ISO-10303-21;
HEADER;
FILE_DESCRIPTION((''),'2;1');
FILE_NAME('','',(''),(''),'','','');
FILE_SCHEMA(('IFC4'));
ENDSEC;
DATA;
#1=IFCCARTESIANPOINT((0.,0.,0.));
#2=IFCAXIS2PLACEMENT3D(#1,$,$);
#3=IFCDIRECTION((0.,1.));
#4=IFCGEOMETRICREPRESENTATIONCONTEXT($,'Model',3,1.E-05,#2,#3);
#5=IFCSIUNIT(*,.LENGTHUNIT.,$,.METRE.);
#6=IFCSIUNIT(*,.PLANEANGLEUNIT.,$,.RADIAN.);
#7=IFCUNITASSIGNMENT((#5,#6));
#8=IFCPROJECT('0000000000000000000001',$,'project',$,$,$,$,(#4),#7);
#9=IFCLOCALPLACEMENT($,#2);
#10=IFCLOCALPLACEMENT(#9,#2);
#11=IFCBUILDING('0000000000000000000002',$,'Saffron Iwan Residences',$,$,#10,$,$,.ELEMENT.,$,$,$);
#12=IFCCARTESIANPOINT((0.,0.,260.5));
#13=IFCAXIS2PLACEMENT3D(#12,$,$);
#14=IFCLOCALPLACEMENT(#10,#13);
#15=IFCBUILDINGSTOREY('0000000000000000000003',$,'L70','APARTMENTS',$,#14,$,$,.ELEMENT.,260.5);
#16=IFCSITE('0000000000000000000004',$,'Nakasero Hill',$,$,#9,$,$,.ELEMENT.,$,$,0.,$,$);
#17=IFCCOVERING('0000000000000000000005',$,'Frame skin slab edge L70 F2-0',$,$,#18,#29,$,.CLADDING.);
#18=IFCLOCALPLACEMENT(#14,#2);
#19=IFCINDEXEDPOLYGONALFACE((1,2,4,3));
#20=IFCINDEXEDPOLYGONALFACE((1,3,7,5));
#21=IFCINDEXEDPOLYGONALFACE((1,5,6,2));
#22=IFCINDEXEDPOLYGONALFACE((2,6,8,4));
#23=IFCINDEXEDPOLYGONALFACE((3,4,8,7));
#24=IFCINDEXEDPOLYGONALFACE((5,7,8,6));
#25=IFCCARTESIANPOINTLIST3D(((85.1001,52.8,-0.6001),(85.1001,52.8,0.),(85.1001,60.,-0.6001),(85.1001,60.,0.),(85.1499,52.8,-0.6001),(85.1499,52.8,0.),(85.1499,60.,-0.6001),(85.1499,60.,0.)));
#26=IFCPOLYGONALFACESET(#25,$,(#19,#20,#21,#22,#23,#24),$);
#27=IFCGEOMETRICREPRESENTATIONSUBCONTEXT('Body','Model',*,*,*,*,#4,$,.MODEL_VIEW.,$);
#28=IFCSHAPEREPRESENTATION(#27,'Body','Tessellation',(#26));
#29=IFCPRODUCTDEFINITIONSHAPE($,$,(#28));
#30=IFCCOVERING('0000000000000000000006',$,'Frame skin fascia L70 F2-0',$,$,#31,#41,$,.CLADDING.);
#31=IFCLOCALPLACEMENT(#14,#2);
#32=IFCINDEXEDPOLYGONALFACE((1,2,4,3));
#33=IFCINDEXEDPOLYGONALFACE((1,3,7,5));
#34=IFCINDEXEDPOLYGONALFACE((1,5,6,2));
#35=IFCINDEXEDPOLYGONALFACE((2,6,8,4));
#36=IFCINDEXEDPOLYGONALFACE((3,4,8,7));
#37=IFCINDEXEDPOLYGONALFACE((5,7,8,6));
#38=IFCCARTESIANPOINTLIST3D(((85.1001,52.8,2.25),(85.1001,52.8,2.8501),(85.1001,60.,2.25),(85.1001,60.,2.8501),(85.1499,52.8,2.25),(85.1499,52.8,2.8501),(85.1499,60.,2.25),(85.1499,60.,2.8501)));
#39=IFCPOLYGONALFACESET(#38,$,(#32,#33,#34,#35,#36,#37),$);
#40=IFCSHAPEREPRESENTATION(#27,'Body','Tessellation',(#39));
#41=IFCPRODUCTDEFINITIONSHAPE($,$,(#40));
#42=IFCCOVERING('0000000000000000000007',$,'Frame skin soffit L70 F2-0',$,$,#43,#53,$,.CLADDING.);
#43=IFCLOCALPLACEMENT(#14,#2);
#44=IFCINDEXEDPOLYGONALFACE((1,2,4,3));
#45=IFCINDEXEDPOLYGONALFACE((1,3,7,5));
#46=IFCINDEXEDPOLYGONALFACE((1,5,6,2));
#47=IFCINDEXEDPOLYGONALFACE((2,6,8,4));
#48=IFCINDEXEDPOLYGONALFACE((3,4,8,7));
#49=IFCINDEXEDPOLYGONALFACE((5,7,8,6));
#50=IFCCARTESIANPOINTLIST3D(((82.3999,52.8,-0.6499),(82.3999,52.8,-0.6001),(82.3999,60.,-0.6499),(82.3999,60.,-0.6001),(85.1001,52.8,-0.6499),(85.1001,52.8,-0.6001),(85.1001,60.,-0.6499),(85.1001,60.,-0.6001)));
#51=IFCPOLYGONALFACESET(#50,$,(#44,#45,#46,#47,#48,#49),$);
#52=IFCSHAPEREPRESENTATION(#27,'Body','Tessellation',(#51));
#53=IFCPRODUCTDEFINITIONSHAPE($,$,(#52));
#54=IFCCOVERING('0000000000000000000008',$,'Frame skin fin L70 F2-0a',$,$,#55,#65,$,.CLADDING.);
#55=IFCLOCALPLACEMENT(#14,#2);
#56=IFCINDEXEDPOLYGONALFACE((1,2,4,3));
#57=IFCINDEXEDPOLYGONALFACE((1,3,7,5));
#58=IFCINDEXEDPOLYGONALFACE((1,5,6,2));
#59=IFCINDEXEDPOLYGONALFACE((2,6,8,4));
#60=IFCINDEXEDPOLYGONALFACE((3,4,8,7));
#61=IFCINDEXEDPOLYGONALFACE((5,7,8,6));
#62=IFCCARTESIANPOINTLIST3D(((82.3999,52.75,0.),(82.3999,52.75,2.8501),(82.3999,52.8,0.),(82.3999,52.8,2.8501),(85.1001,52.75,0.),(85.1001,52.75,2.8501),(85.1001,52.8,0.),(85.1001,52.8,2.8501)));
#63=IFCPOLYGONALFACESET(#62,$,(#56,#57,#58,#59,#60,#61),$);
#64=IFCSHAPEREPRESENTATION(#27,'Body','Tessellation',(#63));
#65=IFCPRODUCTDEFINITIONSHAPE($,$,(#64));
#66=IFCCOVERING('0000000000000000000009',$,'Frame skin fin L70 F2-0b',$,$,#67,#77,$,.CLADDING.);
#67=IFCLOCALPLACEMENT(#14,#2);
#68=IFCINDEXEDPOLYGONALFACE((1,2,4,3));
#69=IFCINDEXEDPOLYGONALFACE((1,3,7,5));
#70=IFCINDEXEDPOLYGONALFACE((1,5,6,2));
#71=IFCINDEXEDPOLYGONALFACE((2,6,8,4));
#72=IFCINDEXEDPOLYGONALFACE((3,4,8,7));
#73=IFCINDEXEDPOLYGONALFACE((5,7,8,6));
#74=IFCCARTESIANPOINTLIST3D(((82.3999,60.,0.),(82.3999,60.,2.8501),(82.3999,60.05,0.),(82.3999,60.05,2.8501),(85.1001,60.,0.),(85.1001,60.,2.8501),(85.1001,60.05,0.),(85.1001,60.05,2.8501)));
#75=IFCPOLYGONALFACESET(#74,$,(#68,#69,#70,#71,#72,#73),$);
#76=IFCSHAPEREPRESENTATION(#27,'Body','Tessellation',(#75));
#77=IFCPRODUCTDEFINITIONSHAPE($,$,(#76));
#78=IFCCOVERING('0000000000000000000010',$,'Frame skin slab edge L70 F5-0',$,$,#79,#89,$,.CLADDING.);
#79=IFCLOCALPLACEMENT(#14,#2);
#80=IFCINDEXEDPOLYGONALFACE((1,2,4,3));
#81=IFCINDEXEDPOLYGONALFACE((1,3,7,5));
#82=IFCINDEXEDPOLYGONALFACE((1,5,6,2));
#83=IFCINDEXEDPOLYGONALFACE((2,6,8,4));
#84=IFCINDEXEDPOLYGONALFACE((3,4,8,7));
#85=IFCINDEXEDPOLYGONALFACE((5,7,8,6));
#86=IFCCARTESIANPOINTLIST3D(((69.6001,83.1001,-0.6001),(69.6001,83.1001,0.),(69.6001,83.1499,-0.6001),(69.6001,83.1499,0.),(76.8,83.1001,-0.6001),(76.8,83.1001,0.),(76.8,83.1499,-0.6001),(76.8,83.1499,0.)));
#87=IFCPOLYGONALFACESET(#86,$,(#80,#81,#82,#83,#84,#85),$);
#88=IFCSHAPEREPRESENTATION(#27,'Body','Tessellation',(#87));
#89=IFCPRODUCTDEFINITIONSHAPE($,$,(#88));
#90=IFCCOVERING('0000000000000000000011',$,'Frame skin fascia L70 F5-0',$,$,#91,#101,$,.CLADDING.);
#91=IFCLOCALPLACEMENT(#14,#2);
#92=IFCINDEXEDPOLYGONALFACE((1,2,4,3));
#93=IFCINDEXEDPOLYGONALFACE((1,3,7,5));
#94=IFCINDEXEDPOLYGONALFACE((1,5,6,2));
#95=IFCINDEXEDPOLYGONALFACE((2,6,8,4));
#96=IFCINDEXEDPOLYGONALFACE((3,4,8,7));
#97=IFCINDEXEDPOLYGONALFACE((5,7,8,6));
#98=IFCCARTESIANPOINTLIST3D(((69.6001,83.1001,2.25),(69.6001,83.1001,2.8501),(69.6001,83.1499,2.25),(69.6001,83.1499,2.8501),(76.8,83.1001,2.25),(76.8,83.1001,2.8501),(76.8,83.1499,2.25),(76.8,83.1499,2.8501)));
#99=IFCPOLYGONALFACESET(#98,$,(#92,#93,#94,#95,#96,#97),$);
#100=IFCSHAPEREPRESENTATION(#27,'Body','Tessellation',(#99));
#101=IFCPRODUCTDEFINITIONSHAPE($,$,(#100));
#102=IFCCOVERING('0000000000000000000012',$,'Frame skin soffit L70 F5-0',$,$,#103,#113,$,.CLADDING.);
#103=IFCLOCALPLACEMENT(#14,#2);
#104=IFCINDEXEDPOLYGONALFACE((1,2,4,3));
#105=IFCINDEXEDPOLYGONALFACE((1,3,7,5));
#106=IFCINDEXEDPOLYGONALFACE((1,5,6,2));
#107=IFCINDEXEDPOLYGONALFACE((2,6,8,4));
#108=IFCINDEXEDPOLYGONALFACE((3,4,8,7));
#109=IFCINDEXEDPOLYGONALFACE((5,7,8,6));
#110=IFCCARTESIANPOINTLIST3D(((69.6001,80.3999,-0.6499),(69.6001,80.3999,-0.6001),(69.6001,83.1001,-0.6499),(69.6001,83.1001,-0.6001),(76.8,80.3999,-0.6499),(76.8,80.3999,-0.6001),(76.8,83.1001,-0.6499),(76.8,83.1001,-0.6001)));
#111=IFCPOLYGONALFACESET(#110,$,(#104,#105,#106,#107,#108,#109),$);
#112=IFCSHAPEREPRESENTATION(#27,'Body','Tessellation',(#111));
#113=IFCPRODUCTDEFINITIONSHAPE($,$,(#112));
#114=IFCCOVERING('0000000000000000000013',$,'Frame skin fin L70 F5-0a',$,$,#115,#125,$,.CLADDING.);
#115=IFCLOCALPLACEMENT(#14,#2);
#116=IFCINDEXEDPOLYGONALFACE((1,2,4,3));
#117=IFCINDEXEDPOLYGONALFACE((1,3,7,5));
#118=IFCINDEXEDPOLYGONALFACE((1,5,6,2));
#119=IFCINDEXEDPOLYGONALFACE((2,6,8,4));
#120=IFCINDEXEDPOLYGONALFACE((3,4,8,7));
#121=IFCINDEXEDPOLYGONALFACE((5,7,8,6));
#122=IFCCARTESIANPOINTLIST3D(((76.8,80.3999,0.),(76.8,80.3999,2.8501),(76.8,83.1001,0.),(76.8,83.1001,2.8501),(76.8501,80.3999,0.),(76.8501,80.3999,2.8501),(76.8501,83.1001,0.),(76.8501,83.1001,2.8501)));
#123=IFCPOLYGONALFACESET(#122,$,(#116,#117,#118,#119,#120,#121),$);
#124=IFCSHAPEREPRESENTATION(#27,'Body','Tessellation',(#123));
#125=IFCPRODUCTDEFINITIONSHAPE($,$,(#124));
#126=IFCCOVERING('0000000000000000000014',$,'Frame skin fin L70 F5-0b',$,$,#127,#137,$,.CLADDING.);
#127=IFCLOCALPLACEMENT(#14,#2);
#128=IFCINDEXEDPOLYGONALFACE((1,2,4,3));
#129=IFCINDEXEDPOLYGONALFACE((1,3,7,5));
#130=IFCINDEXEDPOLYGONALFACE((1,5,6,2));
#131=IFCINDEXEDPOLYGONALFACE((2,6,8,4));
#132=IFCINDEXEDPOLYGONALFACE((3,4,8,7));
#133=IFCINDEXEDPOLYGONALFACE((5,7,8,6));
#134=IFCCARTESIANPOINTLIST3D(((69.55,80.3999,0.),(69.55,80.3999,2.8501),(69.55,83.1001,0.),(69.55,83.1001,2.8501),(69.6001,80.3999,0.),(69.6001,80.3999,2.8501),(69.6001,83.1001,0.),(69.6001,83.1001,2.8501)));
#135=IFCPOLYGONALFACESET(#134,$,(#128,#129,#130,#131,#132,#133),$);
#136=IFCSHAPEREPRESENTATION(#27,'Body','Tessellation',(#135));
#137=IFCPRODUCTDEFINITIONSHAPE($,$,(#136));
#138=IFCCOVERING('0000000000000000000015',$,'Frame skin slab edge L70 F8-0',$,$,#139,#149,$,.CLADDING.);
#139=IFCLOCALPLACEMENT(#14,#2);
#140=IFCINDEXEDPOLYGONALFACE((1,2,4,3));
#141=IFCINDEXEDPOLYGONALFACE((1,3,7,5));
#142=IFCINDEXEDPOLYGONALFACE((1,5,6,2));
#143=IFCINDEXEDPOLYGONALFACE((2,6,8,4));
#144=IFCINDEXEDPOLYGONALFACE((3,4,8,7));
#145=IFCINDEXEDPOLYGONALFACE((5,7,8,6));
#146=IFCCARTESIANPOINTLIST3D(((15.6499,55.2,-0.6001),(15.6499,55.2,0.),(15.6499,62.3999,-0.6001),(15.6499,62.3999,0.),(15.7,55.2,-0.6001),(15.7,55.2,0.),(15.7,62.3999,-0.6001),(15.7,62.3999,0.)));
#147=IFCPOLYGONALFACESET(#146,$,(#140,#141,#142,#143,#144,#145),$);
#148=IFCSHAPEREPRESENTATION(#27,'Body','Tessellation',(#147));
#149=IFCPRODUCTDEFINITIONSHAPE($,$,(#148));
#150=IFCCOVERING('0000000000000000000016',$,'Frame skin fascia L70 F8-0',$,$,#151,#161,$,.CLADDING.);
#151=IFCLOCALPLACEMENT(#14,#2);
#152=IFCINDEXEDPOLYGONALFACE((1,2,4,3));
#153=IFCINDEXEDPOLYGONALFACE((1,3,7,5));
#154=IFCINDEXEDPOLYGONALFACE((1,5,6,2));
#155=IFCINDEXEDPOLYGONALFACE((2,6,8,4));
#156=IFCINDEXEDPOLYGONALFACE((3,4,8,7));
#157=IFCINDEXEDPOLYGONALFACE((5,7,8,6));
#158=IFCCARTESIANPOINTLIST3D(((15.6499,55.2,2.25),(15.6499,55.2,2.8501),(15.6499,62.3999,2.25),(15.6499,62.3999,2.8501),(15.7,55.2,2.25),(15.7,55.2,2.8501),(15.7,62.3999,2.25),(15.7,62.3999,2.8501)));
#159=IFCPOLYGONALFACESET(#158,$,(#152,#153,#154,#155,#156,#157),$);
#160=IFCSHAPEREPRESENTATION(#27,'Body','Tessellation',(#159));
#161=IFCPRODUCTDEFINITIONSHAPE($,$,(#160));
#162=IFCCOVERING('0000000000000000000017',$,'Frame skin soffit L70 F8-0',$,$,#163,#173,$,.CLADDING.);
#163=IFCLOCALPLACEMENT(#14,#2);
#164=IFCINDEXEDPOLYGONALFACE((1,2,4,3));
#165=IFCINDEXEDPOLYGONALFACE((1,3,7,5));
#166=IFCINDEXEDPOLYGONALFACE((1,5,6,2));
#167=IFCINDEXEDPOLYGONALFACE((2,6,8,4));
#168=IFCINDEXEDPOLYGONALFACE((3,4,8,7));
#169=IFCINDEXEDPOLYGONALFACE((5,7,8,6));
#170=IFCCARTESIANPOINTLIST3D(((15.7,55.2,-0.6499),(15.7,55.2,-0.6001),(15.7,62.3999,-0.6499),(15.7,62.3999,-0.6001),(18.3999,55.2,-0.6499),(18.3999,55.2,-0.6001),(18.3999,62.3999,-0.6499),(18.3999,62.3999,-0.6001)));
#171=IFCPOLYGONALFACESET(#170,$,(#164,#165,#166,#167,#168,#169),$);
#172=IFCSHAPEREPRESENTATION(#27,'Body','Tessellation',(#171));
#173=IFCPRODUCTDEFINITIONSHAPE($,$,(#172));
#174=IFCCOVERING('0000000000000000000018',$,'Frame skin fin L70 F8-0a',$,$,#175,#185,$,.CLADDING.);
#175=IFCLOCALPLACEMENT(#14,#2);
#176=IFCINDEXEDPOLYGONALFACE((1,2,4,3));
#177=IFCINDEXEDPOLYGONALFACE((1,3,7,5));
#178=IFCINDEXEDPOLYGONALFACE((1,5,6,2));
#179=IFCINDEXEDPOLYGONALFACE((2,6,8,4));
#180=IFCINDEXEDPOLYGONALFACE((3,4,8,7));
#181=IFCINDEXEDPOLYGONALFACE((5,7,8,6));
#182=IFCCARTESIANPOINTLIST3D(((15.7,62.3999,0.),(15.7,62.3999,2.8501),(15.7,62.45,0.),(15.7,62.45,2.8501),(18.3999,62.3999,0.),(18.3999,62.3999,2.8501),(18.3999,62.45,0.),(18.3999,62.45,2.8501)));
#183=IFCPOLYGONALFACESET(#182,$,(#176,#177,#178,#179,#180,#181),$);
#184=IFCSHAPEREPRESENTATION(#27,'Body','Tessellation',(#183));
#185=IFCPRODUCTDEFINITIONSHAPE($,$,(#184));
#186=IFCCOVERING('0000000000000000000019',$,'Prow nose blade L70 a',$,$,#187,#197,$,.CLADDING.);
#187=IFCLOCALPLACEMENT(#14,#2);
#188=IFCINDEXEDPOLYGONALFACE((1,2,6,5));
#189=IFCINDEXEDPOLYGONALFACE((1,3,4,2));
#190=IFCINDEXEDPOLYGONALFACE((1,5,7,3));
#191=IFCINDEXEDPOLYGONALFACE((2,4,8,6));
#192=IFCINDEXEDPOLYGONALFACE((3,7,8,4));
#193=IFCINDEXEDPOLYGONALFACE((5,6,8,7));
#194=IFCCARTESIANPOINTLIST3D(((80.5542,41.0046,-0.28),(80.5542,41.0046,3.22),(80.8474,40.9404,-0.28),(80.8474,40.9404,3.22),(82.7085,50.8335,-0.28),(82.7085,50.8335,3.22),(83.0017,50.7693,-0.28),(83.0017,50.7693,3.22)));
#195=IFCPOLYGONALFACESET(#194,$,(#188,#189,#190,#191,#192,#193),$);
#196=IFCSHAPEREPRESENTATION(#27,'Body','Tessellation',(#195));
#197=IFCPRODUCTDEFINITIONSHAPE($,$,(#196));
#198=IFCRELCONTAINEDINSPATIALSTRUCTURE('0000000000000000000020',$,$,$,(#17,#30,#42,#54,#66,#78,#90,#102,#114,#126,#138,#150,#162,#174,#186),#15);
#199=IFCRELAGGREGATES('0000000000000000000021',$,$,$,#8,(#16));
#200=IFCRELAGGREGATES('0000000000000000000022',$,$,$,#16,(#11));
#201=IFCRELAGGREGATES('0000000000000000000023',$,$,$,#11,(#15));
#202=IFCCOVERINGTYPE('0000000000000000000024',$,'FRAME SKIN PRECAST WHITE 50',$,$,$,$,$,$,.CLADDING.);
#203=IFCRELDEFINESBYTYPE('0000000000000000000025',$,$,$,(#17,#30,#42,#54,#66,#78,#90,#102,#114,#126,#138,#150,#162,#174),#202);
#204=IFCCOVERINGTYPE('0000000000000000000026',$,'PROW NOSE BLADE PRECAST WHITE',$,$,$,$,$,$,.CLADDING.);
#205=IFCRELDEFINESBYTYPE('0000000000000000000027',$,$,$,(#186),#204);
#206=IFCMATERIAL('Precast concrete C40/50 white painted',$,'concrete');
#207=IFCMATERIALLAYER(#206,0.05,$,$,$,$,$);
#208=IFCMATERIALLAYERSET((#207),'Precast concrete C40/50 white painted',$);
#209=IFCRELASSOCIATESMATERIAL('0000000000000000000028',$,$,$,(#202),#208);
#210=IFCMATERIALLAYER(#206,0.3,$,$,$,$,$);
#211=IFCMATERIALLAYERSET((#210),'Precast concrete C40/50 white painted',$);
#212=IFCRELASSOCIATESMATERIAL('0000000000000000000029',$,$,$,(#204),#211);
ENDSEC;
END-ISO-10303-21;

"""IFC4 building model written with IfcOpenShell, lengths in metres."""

from ifc_helpers import new_model, si_unit, direction, frame, origin, place, context, subcontext, project, spatial, polyline, outline, extrude, material, layer, layer_set, type_object, element, save


model = new_model("IFC4")

# Units and contexts
model_context = context("Model", 3, precision=1e-05, world=origin(), true_north=direction((0.0, 1.0)))
body_context = subcontext(model_context, "Body", "Model", "MODEL_VIEW")
ifc_project = project(units=[si_unit("LENGTHUNIT", "METRE"), si_unit("PLANEANGLEUNIT", "RADIAN")], contexts=[model_context])

# Site, building, storey
site_placement = place(None, origin())
site = spatial("IfcSite", under=ifc_project, at=site_placement, Name="Nakasero Hill", CompositionType="ELEMENT", RefElevation=0.0)
building_placement = place(site_placement, origin())
building = spatial("IfcBuilding", under=site, at=building_placement, Name="Saffron Iwan Residences", CompositionType="ELEMENT")
storey_placement = place(building_placement, frame((0.0, 0.0, 260.5)))
storey = spatial("IfcBuildingStorey", under=building, at=storey_placement, Name="L70", Description="APARTMENTS", CompositionType="ELEMENT", Elevation=260.5)

# Coverings
ifc_material_1 = material(Name="Precast concrete C40/50 white painted", Category="concrete")
ifc_layer_1 = layer(ifc_material_1, 0.05)
ifc_layer_set_1 = layer_set([ifc_layer_1], Name="Precast concrete C40/50 white painted")
covering_type_1 = type_object("IfcCoveringType", Name="FRAME SKIN PRECAST WHITE 50", PredefinedType="CLADDING", material=ifc_layer_set_1)
for number, where, name in (
    (1, (0.0, 0.0, -0.6001), "Frame skin slab edge L70 F2-0"),
    (2, (0.0, 0.0, 2.25), "Frame skin fascia L70 F2-0"),
):
    element("IfcCovering", number, at=place(storey_placement, frame(where)), inside=storey, type_object=covering_type_1, Name=name, PredefinedType="CLADDING", context=body_context, shape_type="SweptSolid", body=[
        extrude(outline(polyline([(85.1499, 52.8), (85.1499, 60.0), (85.1001, 60.0), (85.1001, 52.8), (85.1499, 52.8)])), origin(), (0.0, 0.0, 1.0), 0.6001),
    ])
covering_1_placement = place(storey_placement, frame((0.0, 0.0, -0.6499)))
element("IfcCovering", 3, at=covering_1_placement, inside=storey, type_object=covering_type_1, Name="Frame skin soffit L70 F2-0", PredefinedType="CLADDING", context=body_context, shape_type="SweptSolid", body=[
    extrude(outline(polyline([(85.1001, 52.8), (85.1001, 60.0), (82.3999, 60.0), (82.3999, 52.8), (85.1001, 52.8)])), origin(), (0.0, 0.0, 1.0), 0.0498),
])
covering_2_placement = place(storey_placement, origin())
element("IfcCovering", 4, at=covering_2_placement, inside=storey, type_object=covering_type_1, Name="Frame skin fin L70 F2-0a", PredefinedType="CLADDING", context=body_context, shape_type="SweptSolid", body=[
    extrude(outline(polyline([(85.1001, 52.75), (85.1001, 52.8), (82.3999, 52.8), (82.3999, 52.75), (85.1001, 52.75)])), origin(), (0.0, 0.0, 1.0), 2.8501),
])
covering_3_placement = place(storey_placement, origin())
element("IfcCovering", 5, at=covering_3_placement, inside=storey, type_object=covering_type_1, Name="Frame skin fin L70 F2-0b", PredefinedType="CLADDING", context=body_context, shape_type="SweptSolid", body=[
    extrude(outline(polyline([(85.1001, 60.0), (85.1001, 60.05), (82.3999, 60.05), (82.3999, 60.0), (85.1001, 60.0)])), origin(), (0.0, 0.0, 1.0), 2.8501),
])
for number, where, name in (
    (6, (0.0, 0.0, -0.6001), "Frame skin slab edge L70 F5-0"),
    (7, (0.0, 0.0, 2.25), "Frame skin fascia L70 F5-0"),
):
    element("IfcCovering", number, at=place(storey_placement, frame(where)), inside=storey, type_object=covering_type_1, Name=name, PredefinedType="CLADDING", context=body_context, shape_type="SweptSolid", body=[
        extrude(outline(polyline([(76.8, 83.1499), (69.6001, 83.1499), (69.6001, 83.1001), (76.8, 83.1001), (76.8, 83.1499)])), origin(), (0.0, 0.0, 1.0), 0.6001),
    ])
covering_4_placement = place(storey_placement, frame((0.0, 0.0, -0.6499)))
element("IfcCovering", 8, at=covering_4_placement, inside=storey, type_object=covering_type_1, Name="Frame skin soffit L70 F5-0", PredefinedType="CLADDING", context=body_context, shape_type="SweptSolid", body=[
    extrude(outline(polyline([(76.8, 83.1001), (69.6001, 83.1001), (69.6001, 80.3999), (76.8, 80.3999), (76.8, 83.1001)])), origin(), (0.0, 0.0, 1.0), 0.0498),
])
covering_5_placement = place(storey_placement, origin())
element("IfcCovering", 9, at=covering_5_placement, inside=storey, type_object=covering_type_1, Name="Frame skin fin L70 F5-0a", PredefinedType="CLADDING", context=body_context, shape_type="SweptSolid", body=[
    extrude(outline(polyline([(76.8501, 83.1001), (76.8, 83.1001), (76.8, 80.3999), (76.8501, 80.3999), (76.8501, 83.1001)])), origin(), (0.0, 0.0, 1.0), 2.8501),
])
covering_6_placement = place(storey_placement, origin())
element("IfcCovering", 10, at=covering_6_placement, inside=storey, type_object=covering_type_1, Name="Frame skin fin L70 F5-0b", PredefinedType="CLADDING", context=body_context, shape_type="SweptSolid", body=[
    extrude(outline(polyline([(69.6001, 83.1001), (69.55, 83.1001), (69.55, 80.3999), (69.6001, 80.3999), (69.6001, 83.1001)])), origin(), (0.0, 0.0, 1.0), 2.8501),
])
for number, where, name in (
    (11, (0.0, 0.0, -0.6001), "Frame skin slab edge L70 F8-0"),
    (12, (0.0, 0.0, 2.25), "Frame skin fascia L70 F8-0"),
):
    element("IfcCovering", number, at=place(storey_placement, frame(where)), inside=storey, type_object=covering_type_1, Name=name, PredefinedType="CLADDING", context=body_context, shape_type="SweptSolid", body=[
        extrude(outline(polyline([(15.6499, 62.3999), (15.6499, 55.2), (15.7, 55.2), (15.7, 62.3999), (15.6499, 62.3999)])), origin(), (0.0, 0.0, 1.0), 0.6001),
    ])
covering_7_placement = place(storey_placement, frame((0.0, 0.0, -0.6499)))
element("IfcCovering", 13, at=covering_7_placement, inside=storey, type_object=covering_type_1, Name="Frame skin soffit L70 F8-0", PredefinedType="CLADDING", context=body_context, shape_type="SweptSolid", body=[
    extrude(outline(polyline([(15.7, 62.3999), (15.7, 55.2), (18.3999, 55.2), (18.3999, 62.3999), (15.7, 62.3999)])), origin(), (0.0, 0.0, 1.0), 0.0498),
])
covering_8_placement = place(storey_placement, origin())
element("IfcCovering", 14, at=covering_8_placement, inside=storey, type_object=covering_type_1, Name="Frame skin fin L70 F8-0a", PredefinedType="CLADDING", context=body_context, shape_type="SweptSolid", body=[
    extrude(outline(polyline([(15.7, 62.45), (15.7, 62.3999), (18.3999, 62.3999), (18.3999, 62.45), (15.7, 62.45)])), origin(), (0.0, 0.0, 1.0), 2.8501),
])
ifc_layer_2 = layer(ifc_material_1, 0.3)
ifc_layer_set_2 = layer_set([ifc_layer_2], Name="Precast concrete C40/50 white painted")
covering_type_2 = type_object("IfcCoveringType", Name="PROW NOSE BLADE PRECAST WHITE", PredefinedType="CLADDING", material=ifc_layer_set_2)
covering_9_placement = place(storey_placement, frame((0.0, 0.0, -0.28)))
element("IfcCovering", 15, at=covering_9_placement, inside=storey, type_object=covering_type_2, Name="Prow nose blade L70 a", PredefinedType="CLADDING", context=body_context, shape_type="SweptSolid", body=[
    extrude(outline(polyline([(80.8474, 40.9404), (83.0017, 50.7693), (82.7085, 50.8335), (80.5542, 41.0046), (80.8474, 40.9404)])), origin(), (0.0, 0.0, 1.0), 3.5),
])

save(model, "model.ifc")
